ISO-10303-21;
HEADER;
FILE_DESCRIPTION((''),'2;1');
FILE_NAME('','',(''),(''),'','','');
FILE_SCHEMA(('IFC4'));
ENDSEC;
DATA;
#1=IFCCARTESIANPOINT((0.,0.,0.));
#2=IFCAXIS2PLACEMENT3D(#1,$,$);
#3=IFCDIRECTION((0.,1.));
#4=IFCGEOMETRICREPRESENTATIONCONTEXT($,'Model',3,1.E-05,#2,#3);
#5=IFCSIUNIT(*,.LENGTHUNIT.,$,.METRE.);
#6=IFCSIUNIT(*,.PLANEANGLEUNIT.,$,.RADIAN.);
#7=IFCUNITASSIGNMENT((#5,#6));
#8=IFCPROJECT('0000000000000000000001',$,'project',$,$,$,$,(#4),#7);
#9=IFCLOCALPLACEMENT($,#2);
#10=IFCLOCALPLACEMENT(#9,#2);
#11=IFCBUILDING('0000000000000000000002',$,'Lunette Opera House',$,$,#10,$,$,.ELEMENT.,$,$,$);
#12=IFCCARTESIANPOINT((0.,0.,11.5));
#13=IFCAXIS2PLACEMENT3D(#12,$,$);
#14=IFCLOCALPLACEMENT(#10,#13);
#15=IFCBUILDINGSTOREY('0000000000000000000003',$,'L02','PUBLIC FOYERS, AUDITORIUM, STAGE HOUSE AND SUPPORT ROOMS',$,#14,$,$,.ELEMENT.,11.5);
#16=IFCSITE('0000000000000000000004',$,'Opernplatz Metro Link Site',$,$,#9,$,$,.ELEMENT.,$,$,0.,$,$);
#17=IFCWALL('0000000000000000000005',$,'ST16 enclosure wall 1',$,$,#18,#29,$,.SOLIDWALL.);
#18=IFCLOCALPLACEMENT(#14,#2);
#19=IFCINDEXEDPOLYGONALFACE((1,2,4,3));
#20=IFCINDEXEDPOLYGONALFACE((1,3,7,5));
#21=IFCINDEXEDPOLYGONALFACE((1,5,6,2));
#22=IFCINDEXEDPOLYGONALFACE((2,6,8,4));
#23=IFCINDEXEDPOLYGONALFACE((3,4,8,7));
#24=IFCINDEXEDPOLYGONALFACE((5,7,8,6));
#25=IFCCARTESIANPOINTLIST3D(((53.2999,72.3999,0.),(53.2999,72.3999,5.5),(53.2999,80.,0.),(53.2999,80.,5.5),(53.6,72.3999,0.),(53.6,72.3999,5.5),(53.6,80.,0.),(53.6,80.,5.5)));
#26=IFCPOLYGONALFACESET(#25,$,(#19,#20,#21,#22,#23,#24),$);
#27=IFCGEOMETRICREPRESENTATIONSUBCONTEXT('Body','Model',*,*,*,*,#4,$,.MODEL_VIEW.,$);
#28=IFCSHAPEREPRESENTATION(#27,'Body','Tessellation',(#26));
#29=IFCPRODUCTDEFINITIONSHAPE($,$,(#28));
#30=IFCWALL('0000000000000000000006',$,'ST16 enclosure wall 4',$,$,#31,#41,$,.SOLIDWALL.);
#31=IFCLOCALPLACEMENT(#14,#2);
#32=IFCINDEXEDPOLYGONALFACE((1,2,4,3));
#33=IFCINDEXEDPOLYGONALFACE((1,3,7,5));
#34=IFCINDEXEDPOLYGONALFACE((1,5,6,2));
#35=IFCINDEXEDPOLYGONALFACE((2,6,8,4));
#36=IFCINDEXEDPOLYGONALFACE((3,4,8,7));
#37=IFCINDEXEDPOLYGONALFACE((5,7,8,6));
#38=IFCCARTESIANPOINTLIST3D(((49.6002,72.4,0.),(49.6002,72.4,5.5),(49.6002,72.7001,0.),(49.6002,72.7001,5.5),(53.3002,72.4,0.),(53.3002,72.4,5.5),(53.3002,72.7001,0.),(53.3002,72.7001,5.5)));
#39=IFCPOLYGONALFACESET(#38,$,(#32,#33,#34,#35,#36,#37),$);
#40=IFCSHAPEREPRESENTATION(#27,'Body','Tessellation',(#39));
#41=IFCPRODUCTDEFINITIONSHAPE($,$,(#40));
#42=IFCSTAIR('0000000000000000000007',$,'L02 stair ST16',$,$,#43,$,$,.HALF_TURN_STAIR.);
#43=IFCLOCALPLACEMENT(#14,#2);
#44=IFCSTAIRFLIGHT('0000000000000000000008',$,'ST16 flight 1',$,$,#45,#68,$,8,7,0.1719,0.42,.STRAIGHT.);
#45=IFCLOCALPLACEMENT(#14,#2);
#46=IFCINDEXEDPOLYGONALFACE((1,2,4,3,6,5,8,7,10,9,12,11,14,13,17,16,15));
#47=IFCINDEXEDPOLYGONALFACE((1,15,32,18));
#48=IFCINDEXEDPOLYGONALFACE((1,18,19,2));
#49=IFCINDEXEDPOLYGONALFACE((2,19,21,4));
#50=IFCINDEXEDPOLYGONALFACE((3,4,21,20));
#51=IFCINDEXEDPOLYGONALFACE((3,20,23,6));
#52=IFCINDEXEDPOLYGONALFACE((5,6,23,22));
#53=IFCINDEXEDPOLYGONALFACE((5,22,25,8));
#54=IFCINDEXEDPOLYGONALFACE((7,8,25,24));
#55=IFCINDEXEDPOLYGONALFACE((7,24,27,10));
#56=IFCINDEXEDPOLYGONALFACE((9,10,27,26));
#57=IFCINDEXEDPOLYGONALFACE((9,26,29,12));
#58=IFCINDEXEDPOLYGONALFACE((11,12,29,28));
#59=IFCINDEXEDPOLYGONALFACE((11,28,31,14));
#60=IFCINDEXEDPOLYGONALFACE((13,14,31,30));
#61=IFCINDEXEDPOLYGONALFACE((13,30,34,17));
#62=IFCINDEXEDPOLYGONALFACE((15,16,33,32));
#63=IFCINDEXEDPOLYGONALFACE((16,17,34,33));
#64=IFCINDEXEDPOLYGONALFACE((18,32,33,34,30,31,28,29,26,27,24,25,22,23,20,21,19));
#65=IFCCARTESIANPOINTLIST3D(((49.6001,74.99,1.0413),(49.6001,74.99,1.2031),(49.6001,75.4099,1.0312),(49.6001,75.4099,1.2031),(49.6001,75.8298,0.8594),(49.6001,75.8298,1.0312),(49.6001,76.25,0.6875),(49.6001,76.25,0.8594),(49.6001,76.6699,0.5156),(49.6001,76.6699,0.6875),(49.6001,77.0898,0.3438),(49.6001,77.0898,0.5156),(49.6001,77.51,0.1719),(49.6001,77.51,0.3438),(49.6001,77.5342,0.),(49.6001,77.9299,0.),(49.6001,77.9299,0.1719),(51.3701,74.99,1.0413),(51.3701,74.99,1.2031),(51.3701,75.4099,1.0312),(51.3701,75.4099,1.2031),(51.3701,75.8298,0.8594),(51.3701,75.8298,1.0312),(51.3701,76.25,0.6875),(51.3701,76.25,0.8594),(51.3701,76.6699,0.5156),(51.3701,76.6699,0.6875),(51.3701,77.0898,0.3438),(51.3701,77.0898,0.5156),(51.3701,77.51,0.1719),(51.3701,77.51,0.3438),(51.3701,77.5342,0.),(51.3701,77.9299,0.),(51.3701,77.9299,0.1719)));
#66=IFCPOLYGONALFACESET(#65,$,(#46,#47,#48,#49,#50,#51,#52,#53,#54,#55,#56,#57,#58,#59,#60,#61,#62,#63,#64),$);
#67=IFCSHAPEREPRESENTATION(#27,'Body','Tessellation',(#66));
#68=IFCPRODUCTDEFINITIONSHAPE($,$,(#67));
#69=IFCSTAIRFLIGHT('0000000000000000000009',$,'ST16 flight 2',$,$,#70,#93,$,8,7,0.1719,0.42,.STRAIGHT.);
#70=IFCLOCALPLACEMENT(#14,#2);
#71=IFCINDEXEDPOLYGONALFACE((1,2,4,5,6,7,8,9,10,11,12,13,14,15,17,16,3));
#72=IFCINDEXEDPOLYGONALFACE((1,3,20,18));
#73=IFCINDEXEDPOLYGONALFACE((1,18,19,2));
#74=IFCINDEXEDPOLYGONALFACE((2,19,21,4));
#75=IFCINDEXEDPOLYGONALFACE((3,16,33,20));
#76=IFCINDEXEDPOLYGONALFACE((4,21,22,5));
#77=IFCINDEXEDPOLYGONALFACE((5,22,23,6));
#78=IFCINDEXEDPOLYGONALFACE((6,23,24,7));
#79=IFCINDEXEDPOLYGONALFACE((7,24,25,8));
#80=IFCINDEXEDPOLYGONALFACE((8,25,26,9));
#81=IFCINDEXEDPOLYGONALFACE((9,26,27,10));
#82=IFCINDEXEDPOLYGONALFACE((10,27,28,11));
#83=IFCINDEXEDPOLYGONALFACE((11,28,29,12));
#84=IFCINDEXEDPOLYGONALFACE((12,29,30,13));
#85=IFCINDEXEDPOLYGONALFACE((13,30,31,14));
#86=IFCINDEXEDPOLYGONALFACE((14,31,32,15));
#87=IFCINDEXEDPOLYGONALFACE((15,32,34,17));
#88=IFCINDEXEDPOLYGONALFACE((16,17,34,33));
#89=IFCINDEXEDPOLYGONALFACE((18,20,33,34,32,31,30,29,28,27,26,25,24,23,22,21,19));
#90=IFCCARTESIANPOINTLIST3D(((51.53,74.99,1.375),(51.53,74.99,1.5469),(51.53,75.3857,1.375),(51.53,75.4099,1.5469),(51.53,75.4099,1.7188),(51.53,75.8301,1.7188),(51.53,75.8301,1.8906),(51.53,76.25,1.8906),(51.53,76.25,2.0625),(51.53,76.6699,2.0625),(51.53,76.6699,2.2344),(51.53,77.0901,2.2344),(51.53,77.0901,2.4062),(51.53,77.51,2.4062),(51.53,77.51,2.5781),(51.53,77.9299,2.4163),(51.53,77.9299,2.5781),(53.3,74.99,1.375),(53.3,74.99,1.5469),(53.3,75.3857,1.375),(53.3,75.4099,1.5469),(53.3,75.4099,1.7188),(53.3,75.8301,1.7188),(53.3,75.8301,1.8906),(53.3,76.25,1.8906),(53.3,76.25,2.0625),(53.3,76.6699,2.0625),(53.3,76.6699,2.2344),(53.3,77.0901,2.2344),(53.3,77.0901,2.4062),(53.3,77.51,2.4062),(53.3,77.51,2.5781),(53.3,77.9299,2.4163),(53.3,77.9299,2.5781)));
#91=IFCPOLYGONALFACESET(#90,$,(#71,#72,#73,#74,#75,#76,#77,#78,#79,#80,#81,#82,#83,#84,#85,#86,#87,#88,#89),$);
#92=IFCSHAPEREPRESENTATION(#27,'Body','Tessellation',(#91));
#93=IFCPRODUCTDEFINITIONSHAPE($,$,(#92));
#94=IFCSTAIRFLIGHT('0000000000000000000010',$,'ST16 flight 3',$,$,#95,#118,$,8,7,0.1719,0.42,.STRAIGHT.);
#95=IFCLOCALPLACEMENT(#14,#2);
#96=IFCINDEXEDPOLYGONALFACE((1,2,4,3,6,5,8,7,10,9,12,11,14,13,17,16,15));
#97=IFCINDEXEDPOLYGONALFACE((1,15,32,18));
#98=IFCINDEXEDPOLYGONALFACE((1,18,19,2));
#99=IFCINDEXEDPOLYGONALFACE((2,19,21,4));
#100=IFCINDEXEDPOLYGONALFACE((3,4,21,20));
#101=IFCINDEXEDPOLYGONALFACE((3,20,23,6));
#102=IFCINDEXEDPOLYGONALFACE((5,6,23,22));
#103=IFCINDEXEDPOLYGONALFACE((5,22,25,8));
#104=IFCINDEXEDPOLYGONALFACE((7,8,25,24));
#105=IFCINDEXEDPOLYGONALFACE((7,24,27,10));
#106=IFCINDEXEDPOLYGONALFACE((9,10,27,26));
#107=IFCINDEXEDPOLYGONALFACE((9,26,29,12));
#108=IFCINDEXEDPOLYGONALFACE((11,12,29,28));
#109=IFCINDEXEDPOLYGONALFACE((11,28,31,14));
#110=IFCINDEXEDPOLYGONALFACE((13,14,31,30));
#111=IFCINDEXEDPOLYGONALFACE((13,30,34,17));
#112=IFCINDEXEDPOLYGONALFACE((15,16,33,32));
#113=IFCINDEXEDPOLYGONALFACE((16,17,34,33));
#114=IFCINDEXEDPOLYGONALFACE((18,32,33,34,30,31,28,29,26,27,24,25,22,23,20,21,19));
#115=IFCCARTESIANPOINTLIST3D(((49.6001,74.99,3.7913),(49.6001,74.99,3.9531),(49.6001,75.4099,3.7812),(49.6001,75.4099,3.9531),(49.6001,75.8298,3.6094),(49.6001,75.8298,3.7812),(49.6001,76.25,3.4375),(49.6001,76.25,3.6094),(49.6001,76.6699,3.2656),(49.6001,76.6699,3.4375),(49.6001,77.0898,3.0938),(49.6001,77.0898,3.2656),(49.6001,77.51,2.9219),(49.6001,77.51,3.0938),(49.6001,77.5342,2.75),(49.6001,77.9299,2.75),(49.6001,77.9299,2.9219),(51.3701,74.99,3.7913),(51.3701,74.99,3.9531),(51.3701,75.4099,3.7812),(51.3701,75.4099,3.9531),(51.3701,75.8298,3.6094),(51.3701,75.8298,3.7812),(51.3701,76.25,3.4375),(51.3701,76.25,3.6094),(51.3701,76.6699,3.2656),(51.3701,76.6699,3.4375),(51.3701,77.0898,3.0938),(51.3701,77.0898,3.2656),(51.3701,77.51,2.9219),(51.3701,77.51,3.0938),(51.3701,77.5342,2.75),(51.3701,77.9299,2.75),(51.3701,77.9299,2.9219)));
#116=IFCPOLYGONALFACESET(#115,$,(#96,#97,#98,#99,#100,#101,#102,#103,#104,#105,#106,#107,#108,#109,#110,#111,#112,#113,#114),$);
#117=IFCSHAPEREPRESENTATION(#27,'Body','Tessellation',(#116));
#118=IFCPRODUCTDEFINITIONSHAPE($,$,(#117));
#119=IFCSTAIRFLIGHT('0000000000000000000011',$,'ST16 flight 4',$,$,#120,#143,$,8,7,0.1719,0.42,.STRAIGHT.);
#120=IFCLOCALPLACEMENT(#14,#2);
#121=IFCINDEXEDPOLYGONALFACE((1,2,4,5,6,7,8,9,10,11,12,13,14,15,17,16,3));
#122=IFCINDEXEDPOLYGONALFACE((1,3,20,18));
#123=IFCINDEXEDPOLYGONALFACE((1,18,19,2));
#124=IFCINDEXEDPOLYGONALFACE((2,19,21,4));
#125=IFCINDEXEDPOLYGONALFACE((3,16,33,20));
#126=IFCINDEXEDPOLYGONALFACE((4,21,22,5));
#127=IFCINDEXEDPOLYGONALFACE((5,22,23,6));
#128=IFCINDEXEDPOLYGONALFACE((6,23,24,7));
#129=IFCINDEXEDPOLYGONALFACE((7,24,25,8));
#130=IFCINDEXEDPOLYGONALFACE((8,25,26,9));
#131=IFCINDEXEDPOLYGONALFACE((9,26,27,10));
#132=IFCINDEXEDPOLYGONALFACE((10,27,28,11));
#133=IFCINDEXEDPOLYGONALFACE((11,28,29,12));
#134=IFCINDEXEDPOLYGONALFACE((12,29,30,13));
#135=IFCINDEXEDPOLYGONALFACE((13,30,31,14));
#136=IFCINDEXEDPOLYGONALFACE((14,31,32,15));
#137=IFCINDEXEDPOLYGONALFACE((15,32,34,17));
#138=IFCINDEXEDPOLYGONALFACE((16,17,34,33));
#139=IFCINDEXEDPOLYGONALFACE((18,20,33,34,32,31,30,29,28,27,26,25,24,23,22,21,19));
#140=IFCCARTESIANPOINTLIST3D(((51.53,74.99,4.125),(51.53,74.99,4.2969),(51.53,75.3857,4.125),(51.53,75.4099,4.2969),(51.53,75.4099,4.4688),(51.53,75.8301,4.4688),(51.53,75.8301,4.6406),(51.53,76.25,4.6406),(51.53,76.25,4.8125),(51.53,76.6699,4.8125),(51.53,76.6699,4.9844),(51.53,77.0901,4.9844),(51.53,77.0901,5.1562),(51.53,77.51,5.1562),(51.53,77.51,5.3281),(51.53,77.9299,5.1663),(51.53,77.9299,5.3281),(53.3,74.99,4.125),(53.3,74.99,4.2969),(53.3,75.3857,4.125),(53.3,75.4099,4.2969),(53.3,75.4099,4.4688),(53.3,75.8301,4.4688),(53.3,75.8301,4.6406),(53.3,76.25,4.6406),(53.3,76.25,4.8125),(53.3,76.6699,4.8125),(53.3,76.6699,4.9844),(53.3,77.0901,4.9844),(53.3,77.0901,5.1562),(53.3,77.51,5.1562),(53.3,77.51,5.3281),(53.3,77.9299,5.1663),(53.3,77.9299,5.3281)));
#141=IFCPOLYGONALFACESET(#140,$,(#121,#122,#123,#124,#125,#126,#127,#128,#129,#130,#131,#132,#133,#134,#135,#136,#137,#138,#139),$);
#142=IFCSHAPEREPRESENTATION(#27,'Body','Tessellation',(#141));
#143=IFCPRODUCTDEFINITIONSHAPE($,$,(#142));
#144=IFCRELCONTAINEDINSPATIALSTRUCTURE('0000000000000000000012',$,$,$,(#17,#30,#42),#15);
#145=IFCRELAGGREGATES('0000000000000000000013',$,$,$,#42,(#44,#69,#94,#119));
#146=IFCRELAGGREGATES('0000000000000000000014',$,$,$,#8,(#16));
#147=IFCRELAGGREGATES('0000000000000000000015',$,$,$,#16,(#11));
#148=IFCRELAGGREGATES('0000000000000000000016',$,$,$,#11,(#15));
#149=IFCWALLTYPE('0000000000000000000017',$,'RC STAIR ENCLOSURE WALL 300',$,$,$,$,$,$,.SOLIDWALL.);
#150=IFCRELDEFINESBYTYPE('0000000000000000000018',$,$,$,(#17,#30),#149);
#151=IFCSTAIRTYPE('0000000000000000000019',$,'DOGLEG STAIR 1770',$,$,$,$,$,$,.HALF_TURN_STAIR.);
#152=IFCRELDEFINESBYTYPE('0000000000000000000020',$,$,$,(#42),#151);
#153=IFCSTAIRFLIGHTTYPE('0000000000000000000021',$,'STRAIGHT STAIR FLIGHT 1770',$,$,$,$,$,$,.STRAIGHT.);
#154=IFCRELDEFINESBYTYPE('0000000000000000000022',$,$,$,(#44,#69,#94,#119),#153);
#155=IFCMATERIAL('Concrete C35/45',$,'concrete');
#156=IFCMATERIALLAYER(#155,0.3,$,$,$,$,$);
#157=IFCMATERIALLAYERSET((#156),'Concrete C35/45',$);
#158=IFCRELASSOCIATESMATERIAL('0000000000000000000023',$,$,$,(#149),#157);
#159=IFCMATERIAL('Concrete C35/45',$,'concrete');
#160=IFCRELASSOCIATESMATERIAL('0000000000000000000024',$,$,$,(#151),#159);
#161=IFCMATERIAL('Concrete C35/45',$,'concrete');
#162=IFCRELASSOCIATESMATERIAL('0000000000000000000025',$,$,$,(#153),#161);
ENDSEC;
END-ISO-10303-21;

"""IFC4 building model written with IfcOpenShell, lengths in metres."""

from ifc_helpers import new_model, si_unit, direction, frame, frame_2d, origin, place, context, subcontext, project, spatial, polyline, rectangle, outline, extrude, material, layer, layer_set, type_object, element, aggregate, save


model = new_model("IFC4")

# Units and contexts
model_context = context("Model", 3, precision=1e-05, world=origin(), true_north=direction((0.0, 1.0)))
body_context = subcontext(model_context, "Body", "Model", "MODEL_VIEW")
ifc_project = project(units=[si_unit("LENGTHUNIT", "METRE"), si_unit("PLANEANGLEUNIT", "RADIAN")], contexts=[model_context])

# Site, building, storey
site_placement = place(None, origin())
site = spatial("IfcSite", under=ifc_project, at=site_placement, Name="Opernplatz Metro Link Site", CompositionType="ELEMENT", RefElevation=0.0)
building_placement = place(site_placement, origin())
building = spatial("IfcBuilding", under=site, at=building_placement, Name="Lunette Opera House", CompositionType="ELEMENT")
storey_placement = place(building_placement, frame((0.0, 0.0, 11.5)))
storey = spatial("IfcBuildingStorey", under=building, at=storey_placement, Name="L02", Description="PUBLIC FOYERS, AUDITORIUM, STAGE HOUSE AND SUPPORT ROOMS", CompositionType="ELEMENT", Elevation=11.5)

# Walls
ifc_material_1 = material(Name="Concrete C35/45", Category="concrete")
ifc_layer_1 = layer(ifc_material_1, 0.3)
ifc_layer_set_1 = layer_set([ifc_layer_1], Name="Concrete C35/45")
wall_type_1 = type_object("IfcWallType", Name="RC STAIR ENCLOSURE WALL 300", PredefinedType="SOLIDWALL", material=ifc_layer_set_1)
wall_1_placement = place(storey_placement, frame((53.45, 72.3999, 0.0), z_axis=(0.0, 0.0, 1.0), x_axis=(0.0, 1.0, 0.0)))
element("IfcWall", 1, at=wall_1_placement, inside=storey, type_object=wall_type_1, Name="ST16 enclosure wall 1", PredefinedType="SOLIDWALL", context=body_context, shape_type="SweptSolid", body=[
    extrude(rectangle(XDim=7.6001, YDim=0.3, at=frame_2d((3.8, 0.0))), origin(), (0.0, 0.0, 1.0), 5.5),
])
wall_2_placement = place(storey_placement, frame((49.6001, 72.55, 0.0), z_axis=(0.0, 0.0, 1.0), x_axis=(1.0, 0.0, 0.0)))
element("IfcWall", 2, at=wall_2_placement, inside=storey, type_object=wall_type_1, Name="ST16 enclosure wall 4", PredefinedType="SOLIDWALL", context=body_context, shape_type="SweptSolid", body=[
    extrude(rectangle(XDim=3.7, YDim=0.3, at=frame_2d((1.8501, 0.0))), origin(), (0.0, 0.0, 1.0), 5.5),
])

# Stair, stair flights
ifc_material_2 = material(Name="Concrete C35/45", Category="concrete")
stair_type = type_object("IfcStairType", Name="DOGLEG STAIR 1770", PredefinedType="HALF_TURN_STAIR", material=ifc_material_2)
stair_placement = place(storey_placement, origin())
stair = element("IfcStair", 3, at=stair_placement, inside=storey, type_object=stair_type, Name="L02 stair ST16", PredefinedType="HALF_TURN_STAIR")
ifc_material_3 = material(Name="Concrete C35/45", Category="concrete")
stair_flight_type = type_object("IfcStairFlightType", Name="STRAIGHT STAIR FLIGHT 1770", PredefinedType="STRAIGHT", material=ifc_material_3)
stair_flight_1_placement = place(storey_placement, frame((50.4851, 77.9299, 0.0), z_axis=(0.0, 0.0, 1.0), x_axis=(0.0, -1.0, 0.0)))
stair_flight_1 = element("IfcStairFlight", 4, at=stair_flight_1_placement, type_object=stair_flight_type, Name="ST16 flight 1", NumberOfRisers=8, NumberOfTreads=7, PredefinedType="STRAIGHT", RiserHeight=0.1719, TreadLength=0.42, context=body_context, shape_type="SweptSolid", body=[
    extrude(outline(polyline([(0.0, 0.0), (0.0, 0.1719), (0.4199, 0.1719), (0.4199, 0.3438), (0.8401, 0.3438), (0.8401, 0.5156), (1.26, 0.5156), (1.26, 0.6875), (1.6799, 0.6875), (1.6799, 0.8594), (2.1001, 0.8594), (2.1001, 1.0312), (2.52, 1.0312), (2.52, 1.2031), (2.9399, 1.2031), (2.9399, 1.375), (2.9399, 1.0413), (0.3958, 0.0), (0.0, 0.0)])), frame((0.0, 0.885, 0.0), z_axis=(0.0, -1.0, 0.0), x_axis=(1.0, 0.0, 0.0)), (0.0, 0.0, 1.0), 1.77),
])
stair_flight_2_placement = place(storey_placement, frame((52.415, 74.99, 1.375), z_axis=(0.0, 0.0, 1.0), x_axis=(0.0, 1.0, 0.0)))
stair_flight_2 = element("IfcStairFlight", 5, at=stair_flight_2_placement, type_object=stair_flight_type, Name="ST16 flight 2", NumberOfRisers=8, NumberOfTreads=7, PredefinedType="STRAIGHT", RiserHeight=0.1719, TreadLength=0.42, context=body_context, shape_type="SweptSolid", body=[
    extrude(outline(polyline([(0.0, 0.0), (0.0, 0.1719), (0.4199, 0.1719), (0.4199, 0.3438), (0.8401, 0.3438), (0.8401, 0.5156), (1.26, 0.5156), (1.26, 0.6875), (1.6799, 0.6875), (1.6799, 0.8594), (2.1001, 0.8594), (2.1001, 1.0312), (2.52, 1.0312), (2.52, 1.2031), (2.9399, 1.2031), (2.9399, 1.375), (2.9399, 1.0413), (0.3958, 0.0), (0.0, 0.0)])), frame((0.0, 0.885, 0.0), z_axis=(0.0, -1.0, 0.0), x_axis=(1.0, 0.0, 0.0)), (0.0, 0.0, 1.0), 1.77),
])
stair_flight_3_placement = place(storey_placement, frame((50.4851, 77.9299, 2.75), z_axis=(0.0, 0.0, 1.0), x_axis=(0.0, -1.0, 0.0)))
stair_flight_3 = element("IfcStairFlight", 6, at=stair_flight_3_placement, type_object=stair_flight_type, Name="ST16 flight 3", NumberOfRisers=8, NumberOfTreads=7, PredefinedType="STRAIGHT", RiserHeight=0.1719, TreadLength=0.42, context=body_context, shape_type="SweptSolid", body=[
    extrude(outline(polyline([(0.0, 0.0), (0.0, 0.1719), (0.4199, 0.1719), (0.4199, 0.3438), (0.8401, 0.3438), (0.8401, 0.5156), (1.26, 0.5156), (1.26, 0.6875), (1.6799, 0.6875), (1.6799, 0.8594), (2.1001, 0.8594), (2.1001, 1.0312), (2.52, 1.0312), (2.52, 1.2031), (2.9399, 1.2031), (2.9399, 1.375), (2.9399, 1.0413), (0.3958, 0.0), (0.0, 0.0)])), frame((0.0, 0.885, 0.0), z_axis=(0.0, -1.0, 0.0), x_axis=(1.0, 0.0, 0.0)), (0.0, 0.0, 1.0), 1.77),
])
stair_flight_4_placement = place(storey_placement, frame((52.415, 74.99, 4.125), z_axis=(0.0, 0.0, 1.0), x_axis=(0.0, 1.0, 0.0)))
stair_flight_4 = element("IfcStairFlight", 7, at=stair_flight_4_placement, type_object=stair_flight_type, Name="ST16 flight 4", NumberOfRisers=8, NumberOfTreads=7, PredefinedType="STRAIGHT", RiserHeight=0.1719, TreadLength=0.42, context=body_context, shape_type="SweptSolid", body=[
    extrude(outline(polyline([(0.0, 0.0), (0.0, 0.1719), (0.4199, 0.1719), (0.4199, 0.3438), (0.8401, 0.3438), (0.8401, 0.5156), (1.26, 0.5156), (1.26, 0.6875), (1.6799, 0.6875), (1.6799, 0.8594), (2.1001, 0.8594), (2.1001, 1.0312), (2.52, 1.0312), (2.52, 1.2031), (2.9399, 1.2031), (2.9399, 1.375), (2.9399, 1.0413), (0.3958, 0.0), (0.0, 0.0)])), frame((0.0, 0.885, 0.0), z_axis=(0.0, -1.0, 0.0), x_axis=(1.0, 0.0, 0.0)), (0.0, 0.0, 1.0), 1.77),
])
aggregate(stair, [stair_flight_1, stair_flight_2, stair_flight_3, stair_flight_4])

save(model, "model.ifc")
